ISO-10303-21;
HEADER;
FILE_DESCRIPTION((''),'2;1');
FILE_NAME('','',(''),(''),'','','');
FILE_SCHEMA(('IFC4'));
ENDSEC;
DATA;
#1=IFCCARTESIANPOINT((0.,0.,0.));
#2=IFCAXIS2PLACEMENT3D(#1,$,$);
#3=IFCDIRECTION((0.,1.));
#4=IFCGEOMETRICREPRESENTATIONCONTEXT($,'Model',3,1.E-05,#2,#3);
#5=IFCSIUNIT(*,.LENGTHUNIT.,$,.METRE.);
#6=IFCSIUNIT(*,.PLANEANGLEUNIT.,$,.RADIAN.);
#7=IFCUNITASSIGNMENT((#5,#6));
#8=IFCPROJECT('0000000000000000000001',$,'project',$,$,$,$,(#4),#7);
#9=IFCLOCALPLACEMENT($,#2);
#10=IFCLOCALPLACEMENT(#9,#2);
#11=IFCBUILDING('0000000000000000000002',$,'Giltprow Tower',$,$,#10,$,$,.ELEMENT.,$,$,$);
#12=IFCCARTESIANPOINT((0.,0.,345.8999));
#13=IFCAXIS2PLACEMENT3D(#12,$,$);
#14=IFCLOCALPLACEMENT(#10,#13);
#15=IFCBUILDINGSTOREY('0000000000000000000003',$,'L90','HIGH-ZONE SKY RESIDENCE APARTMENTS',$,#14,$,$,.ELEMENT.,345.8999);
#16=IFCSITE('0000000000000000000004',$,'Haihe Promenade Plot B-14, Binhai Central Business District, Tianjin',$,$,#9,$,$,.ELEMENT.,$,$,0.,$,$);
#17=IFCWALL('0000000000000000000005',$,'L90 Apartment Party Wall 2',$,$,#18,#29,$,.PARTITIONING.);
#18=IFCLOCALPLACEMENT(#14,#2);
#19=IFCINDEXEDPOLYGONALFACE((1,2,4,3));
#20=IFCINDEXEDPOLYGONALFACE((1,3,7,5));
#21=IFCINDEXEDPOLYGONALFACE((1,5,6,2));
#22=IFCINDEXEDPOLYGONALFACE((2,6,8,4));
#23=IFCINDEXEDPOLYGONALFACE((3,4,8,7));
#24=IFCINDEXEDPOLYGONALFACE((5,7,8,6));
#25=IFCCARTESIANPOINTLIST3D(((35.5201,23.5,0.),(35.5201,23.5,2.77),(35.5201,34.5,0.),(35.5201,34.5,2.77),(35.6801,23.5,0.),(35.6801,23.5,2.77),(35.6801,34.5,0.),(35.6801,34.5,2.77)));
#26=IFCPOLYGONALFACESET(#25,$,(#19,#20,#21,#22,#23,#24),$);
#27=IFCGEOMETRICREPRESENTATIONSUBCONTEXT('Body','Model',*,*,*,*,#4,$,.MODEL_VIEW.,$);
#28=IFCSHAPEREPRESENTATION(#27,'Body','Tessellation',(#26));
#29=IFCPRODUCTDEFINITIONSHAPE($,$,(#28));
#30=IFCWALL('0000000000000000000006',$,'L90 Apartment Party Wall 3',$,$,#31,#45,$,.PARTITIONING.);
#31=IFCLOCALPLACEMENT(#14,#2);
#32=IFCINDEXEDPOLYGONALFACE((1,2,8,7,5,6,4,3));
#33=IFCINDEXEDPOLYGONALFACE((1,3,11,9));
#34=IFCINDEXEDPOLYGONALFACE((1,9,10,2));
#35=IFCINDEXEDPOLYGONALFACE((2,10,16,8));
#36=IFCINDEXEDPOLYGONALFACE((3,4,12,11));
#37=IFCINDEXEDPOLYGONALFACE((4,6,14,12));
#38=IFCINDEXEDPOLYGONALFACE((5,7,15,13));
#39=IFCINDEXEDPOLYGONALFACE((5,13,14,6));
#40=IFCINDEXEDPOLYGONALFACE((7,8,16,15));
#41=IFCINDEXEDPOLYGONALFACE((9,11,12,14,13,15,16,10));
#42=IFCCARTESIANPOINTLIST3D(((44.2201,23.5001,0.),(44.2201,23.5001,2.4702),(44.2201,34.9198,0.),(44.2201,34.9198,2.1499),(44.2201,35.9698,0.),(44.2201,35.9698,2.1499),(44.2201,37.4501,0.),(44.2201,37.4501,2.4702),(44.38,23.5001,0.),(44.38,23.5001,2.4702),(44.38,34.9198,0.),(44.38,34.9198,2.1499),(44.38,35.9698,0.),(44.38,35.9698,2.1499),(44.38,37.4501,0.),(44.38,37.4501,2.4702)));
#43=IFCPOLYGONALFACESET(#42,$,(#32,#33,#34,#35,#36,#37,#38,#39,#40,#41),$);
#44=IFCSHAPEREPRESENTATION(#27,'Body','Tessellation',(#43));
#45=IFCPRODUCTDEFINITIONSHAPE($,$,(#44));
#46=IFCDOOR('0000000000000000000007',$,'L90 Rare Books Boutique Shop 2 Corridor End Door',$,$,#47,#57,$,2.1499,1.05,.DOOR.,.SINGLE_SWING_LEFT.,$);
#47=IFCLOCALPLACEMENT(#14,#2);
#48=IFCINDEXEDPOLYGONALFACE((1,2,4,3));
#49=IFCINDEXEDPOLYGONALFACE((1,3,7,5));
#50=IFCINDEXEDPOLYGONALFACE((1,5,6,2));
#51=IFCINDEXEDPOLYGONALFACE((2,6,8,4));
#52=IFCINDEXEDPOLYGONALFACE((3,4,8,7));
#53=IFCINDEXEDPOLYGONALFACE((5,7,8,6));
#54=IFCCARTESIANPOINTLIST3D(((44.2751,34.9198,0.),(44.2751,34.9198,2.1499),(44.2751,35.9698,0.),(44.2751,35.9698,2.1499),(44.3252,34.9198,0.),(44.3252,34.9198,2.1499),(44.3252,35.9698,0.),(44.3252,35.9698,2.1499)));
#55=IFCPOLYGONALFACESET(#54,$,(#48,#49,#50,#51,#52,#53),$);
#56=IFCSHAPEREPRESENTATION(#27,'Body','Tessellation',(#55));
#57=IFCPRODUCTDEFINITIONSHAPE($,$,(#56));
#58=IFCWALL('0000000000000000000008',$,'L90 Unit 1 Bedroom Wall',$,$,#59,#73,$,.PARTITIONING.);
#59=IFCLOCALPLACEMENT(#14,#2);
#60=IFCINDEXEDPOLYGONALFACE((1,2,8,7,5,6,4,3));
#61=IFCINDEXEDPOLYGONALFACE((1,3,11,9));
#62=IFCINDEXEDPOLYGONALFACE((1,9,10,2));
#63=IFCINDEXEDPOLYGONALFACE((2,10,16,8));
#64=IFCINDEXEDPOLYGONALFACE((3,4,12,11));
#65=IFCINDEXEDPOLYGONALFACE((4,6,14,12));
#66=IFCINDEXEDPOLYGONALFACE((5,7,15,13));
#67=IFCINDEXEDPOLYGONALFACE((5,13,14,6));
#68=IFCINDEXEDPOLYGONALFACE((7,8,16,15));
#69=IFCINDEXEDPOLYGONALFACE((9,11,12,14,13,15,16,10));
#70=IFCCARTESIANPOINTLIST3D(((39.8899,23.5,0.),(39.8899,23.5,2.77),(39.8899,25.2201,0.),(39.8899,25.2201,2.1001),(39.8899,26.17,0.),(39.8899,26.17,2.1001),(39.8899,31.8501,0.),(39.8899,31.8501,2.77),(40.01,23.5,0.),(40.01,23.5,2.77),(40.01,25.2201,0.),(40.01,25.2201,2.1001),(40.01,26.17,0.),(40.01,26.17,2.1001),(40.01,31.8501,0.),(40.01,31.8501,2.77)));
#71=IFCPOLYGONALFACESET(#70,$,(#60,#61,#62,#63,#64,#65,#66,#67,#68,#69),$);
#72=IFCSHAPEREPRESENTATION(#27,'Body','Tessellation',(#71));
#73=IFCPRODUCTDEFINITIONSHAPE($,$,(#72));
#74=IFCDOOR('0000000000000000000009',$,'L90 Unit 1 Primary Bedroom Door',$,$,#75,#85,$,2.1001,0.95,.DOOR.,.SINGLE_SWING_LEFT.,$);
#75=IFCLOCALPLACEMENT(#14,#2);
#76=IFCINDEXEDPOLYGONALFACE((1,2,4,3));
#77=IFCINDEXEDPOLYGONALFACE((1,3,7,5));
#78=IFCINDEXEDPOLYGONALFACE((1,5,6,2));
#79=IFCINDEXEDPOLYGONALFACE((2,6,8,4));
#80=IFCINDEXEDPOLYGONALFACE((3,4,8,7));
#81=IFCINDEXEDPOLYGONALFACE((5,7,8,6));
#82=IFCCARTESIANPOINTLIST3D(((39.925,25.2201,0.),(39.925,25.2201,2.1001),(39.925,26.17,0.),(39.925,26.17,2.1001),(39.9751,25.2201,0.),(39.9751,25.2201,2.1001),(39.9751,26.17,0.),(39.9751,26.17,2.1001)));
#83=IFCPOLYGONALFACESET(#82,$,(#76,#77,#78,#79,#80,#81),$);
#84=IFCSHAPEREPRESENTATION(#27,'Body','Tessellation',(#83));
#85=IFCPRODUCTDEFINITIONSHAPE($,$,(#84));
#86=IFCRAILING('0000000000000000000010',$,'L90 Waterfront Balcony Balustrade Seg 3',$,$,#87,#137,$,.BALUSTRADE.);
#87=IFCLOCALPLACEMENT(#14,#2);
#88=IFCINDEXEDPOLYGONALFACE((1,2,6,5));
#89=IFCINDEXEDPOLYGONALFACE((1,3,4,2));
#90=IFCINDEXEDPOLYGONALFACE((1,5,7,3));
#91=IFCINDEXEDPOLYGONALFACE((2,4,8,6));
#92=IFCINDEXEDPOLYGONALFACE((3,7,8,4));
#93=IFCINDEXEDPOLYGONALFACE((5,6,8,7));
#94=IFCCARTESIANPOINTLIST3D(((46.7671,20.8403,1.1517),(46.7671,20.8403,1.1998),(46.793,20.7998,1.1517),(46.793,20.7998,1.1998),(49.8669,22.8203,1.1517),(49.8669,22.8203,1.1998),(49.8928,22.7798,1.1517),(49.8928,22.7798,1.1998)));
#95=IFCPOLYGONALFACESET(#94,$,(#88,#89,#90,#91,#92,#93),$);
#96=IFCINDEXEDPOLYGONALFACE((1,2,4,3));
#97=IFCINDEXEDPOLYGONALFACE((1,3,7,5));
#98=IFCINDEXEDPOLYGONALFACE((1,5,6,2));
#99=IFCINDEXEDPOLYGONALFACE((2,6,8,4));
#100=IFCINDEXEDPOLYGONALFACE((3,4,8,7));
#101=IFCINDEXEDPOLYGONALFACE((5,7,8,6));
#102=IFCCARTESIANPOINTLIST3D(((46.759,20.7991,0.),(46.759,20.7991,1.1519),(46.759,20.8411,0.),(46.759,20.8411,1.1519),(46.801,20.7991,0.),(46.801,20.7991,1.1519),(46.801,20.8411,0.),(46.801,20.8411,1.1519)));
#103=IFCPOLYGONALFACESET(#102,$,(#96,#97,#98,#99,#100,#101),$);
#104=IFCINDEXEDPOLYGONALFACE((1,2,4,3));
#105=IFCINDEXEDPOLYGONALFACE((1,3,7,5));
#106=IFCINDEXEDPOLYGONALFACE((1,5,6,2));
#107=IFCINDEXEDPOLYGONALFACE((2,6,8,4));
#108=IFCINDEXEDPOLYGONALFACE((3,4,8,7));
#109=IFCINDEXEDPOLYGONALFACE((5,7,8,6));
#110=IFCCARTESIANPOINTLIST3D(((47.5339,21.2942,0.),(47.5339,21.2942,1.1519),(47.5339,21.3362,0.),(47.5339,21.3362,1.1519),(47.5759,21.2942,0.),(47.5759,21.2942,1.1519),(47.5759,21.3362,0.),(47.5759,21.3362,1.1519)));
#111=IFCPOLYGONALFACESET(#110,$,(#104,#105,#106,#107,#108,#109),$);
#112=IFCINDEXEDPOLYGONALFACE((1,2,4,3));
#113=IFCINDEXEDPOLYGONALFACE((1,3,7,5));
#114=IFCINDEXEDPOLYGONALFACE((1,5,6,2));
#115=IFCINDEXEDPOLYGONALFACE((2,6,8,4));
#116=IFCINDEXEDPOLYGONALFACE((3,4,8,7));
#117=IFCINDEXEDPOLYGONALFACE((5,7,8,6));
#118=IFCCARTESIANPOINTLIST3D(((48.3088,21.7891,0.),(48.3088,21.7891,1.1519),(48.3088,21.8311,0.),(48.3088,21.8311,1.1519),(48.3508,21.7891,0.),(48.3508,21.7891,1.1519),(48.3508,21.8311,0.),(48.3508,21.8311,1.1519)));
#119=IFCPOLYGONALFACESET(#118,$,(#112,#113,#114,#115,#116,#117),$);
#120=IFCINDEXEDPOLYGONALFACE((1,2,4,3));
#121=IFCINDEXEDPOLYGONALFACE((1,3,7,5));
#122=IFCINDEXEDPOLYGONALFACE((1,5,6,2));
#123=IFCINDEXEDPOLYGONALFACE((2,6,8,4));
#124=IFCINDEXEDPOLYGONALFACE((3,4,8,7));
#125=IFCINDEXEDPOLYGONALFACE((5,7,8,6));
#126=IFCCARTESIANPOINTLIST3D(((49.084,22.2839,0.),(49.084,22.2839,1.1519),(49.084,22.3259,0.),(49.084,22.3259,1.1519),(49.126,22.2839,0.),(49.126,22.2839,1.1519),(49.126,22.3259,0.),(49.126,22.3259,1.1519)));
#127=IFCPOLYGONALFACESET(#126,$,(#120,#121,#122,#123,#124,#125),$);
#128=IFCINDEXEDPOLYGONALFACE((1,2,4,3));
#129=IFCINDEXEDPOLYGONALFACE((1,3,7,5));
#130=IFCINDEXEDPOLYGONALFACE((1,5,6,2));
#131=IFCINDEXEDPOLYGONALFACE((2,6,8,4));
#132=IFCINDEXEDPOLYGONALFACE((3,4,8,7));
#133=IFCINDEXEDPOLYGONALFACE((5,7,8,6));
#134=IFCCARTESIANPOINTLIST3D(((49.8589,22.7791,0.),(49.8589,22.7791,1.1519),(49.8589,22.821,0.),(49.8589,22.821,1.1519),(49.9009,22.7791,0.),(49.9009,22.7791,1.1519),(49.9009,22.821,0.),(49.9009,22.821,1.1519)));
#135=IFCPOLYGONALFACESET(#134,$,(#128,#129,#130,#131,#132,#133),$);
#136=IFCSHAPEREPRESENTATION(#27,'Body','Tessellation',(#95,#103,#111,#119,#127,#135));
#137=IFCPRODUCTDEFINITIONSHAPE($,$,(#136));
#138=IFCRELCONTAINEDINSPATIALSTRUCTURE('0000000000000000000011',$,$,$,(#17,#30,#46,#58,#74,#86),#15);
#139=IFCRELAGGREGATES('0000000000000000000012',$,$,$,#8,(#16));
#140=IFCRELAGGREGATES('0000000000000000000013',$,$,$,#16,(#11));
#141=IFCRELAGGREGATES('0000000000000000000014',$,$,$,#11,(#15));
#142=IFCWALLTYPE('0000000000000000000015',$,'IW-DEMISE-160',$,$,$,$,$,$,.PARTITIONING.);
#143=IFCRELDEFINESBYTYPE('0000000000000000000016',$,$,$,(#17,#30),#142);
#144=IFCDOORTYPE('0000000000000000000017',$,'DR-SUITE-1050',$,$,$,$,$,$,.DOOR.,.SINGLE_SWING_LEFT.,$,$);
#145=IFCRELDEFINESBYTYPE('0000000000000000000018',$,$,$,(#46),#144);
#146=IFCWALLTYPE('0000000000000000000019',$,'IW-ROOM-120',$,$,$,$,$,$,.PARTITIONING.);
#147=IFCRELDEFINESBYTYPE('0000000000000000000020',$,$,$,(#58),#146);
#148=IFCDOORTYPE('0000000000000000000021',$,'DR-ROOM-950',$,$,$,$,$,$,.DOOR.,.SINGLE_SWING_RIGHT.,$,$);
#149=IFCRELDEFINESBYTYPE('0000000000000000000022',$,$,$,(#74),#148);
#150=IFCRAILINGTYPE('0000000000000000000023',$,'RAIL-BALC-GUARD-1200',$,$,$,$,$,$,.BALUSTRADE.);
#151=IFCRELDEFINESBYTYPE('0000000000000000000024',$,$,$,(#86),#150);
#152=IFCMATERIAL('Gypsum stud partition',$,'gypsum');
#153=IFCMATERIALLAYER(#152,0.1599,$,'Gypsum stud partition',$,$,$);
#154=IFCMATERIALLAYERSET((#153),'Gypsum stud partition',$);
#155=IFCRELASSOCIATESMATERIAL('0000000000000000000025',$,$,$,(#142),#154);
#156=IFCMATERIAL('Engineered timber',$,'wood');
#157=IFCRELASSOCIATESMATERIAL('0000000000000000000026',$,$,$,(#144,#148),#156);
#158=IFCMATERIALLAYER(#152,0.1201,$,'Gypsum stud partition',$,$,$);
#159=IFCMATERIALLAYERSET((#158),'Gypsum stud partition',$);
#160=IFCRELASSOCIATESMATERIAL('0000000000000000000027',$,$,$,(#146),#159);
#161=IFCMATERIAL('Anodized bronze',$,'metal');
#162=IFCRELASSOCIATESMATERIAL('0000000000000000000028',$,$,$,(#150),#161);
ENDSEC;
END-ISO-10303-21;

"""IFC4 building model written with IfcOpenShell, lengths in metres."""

from ifc_helpers import new_model, si_unit, direction, frame, frame_2d, origin, origin_2d, place, context, subcontext, project, spatial, rectangle, extrude, source, transform, mapped, material, layer, layer_set, type_object, element, fill, save


model = new_model("IFC4")

# Units and contexts
model_context = context("Model", 3, precision=1e-05, world=origin(), true_north=direction((0.0, 1.0)))
body_context = subcontext(model_context, "Body", "Model", "MODEL_VIEW")
ifc_project = project(units=[si_unit("LENGTHUNIT", "METRE"), si_unit("PLANEANGLEUNIT", "RADIAN")], contexts=[model_context])

# Site, building, storey
site_placement = place(None, origin())
site = spatial("IfcSite", under=ifc_project, at=site_placement, Name="Haihe Promenade Plot B-14, Binhai Central Business District, Tianjin", CompositionType="ELEMENT", RefElevation=0.0)
building_placement = place(site_placement, origin())
building = spatial("IfcBuilding", under=site, at=building_placement, Name="Giltprow Tower", CompositionType="ELEMENT")
storey_placement = place(building_placement, frame((0.0, 0.0, 345.8999)))
storey = spatial("IfcBuildingStorey", under=building, at=storey_placement, Name="L90", Description="HIGH-ZONE SKY RESIDENCE APARTMENTS", CompositionType="ELEMENT", Elevation=345.8999)

# Wall
ifc_material_1 = material(Name="Gypsum stud partition", Category="gypsum")
ifc_layer_1 = layer(ifc_material_1, 0.1599, Name="Gypsum stud partition")
ifc_layer_set_1 = layer_set([ifc_layer_1], Name="Gypsum stud partition")
wall_type_1 = type_object("IfcWallType", Name="IW-DEMISE-160", PredefinedType="PARTITIONING", material=ifc_layer_set_1)
wall_1_placement = place(storey_placement, frame((35.6001, 23.5, 0.0), z_axis=(0.0, 0.0, 1.0), x_axis=(0.0, 1.0, 0.0)))
element("IfcWall", 1, at=wall_1_placement, inside=storey, type_object=wall_type_1, Name="L90 Apartment Party Wall 2", PredefinedType="PARTITIONING", context=body_context, shape_type="SweptSolid", body=[
    extrude(rectangle(XDim=11.0, YDim=0.1599, at=frame_2d((5.5, 0.0))), origin(), (0.0, 0.0, 1.0), 2.77),
])

# Walls, openings, doors
wall_2_placement = place(storey_placement, frame((44.3, 23.5, 0.0), z_axis=(0.0, 0.0, 1.0), x_axis=(0.0, 1.0, 0.0)))
wall_2 = element("IfcWall", 2, at=wall_2_placement, inside=storey, type_object=wall_type_1, Name="L90 Apartment Party Wall 3", PredefinedType="PARTITIONING", context=body_context, shape_type="SweptSolid", body=[
    extrude(rectangle(XDim=13.95, YDim=0.1599, at=frame_2d((6.9751, 0.0))), origin(), (0.0, 0.0, 1.0), 2.4702),
])
opening_1_placement = place(wall_2_placement, frame((11.4199, 0.0, 0.0)))
opening_1 = element("IfcOpeningElement", 3, at=opening_1_placement, cuts=wall_2, PredefinedType="OPENING", context=body_context, shape_type="SweptSolid", body=[
    extrude(rectangle(XDim=1.05, YDim=2.1499, at=frame_2d((0.5249, 1.075))), frame((0.0, 0.0898, 0.0), z_axis=(0.0, -1.0, 0.0), x_axis=(1.0, 0.0, 0.0)), (0.0, 0.0, 1.0), 0.1799),
])
ifc_material_2 = material(Name="Engineered timber", Category="wood")
door_type_1 = type_object("IfcDoorType", Name="DR-SUITE-1050", OperationType="SINGLE_SWING_LEFT", PredefinedType="DOOR", material=ifc_material_2)
shared_shape_1 = source(origin(), body_context, "Body", "SweptSolid", [
    extrude(rectangle(XDim=1.05, YDim=2.1499, at=frame_2d((0.5249, 1.075))), frame((0.0, 0.0249, 0.0), z_axis=(0.0, -1.0, 0.0), x_axis=(1.0, 0.0, 0.0)), (0.0, 0.0, 1.0), 0.05),
])
door_1_placement = place(opening_1_placement, origin())
door_1 = element("IfcDoor", 4, at=door_1_placement, inside=storey, type_object=door_type_1, Name="L90 Rare Books Boutique Shop 2 Corridor End Door", OperationType="SINGLE_SWING_LEFT", OverallHeight=2.1499, OverallWidth=1.05, PredefinedType="DOOR", context=body_context, shape_type="MappedRepresentation", body=[
    mapped(shared_shape_1, transform((0.0, 0.0, 0.0), x_axis=(1.0, 0.0, 0.0), y_axis=(0.0, 1.0, 0.0), z_axis=(0.0, 0.0, 1.0), scale=1.0)),
])
fill(opening_1, door_1)
ifc_layer_2 = layer(ifc_material_1, 0.1201, Name="Gypsum stud partition")
ifc_layer_set_2 = layer_set([ifc_layer_2], Name="Gypsum stud partition")
wall_type_2 = type_object("IfcWallType", Name="IW-ROOM-120", PredefinedType="PARTITIONING", material=ifc_layer_set_2)
wall_3_placement = place(storey_placement, frame((39.95, 23.5, 0.0), z_axis=(0.0, 0.0, 1.0), x_axis=(0.0, 1.0, 0.0)))
wall_3 = element("IfcWall", 5, at=wall_3_placement, inside=storey, type_object=wall_type_2, Name="L90 Unit 1 Bedroom Wall", PredefinedType="PARTITIONING", context=body_context, shape_type="SweptSolid", body=[
    extrude(rectangle(XDim=8.3501, YDim=0.1201, at=frame_2d((4.175, 0.0))), origin(), (0.0, 0.0, 1.0), 2.77),
])
opening_2_placement = place(wall_3_placement, frame((1.72, 0.0, 0.0)))
opening_2 = element("IfcOpeningElement", 6, at=opening_2_placement, cuts=wall_3, PredefinedType="OPENING", context=body_context, shape_type="SweptSolid", body=[
    extrude(rectangle(XDim=0.95, YDim=2.1001, at=frame_2d((0.4751, 1.05))), frame((0.0, 0.0701, 0.0), z_axis=(0.0, -1.0, 0.0), x_axis=(1.0, 0.0, 0.0)), (0.0, 0.0, 1.0), 0.1401),
])
door_type_2 = type_object("IfcDoorType", Name="DR-ROOM-950", OperationType="SINGLE_SWING_RIGHT", PredefinedType="DOOR", material=ifc_material_2)
shared_shape_2 = source(origin(), body_context, "Body", "SweptSolid", [
    extrude(rectangle(XDim=0.95, YDim=2.1001, at=frame_2d((0.4751, 1.05))), frame((0.0, 0.0249, 0.0), z_axis=(0.0, -1.0, 0.0), x_axis=(1.0, 0.0, 0.0)), (0.0, 0.0, 1.0), 0.05),
])
door_2_placement = place(opening_2_placement, origin())
door_2 = element("IfcDoor", 7, at=door_2_placement, inside=storey, type_object=door_type_2, Name="L90 Unit 1 Primary Bedroom Door", OperationType="SINGLE_SWING_LEFT", OverallHeight=2.1001, OverallWidth=0.95, PredefinedType="DOOR", context=body_context, shape_type="MappedRepresentation", body=[
    mapped(shared_shape_2, transform((0.0, 0.0, 0.0), x_axis=(1.0, 0.0, 0.0), y_axis=(0.0, 1.0, 0.0), z_axis=(0.0, 0.0, 1.0), scale=1.0)),
])
fill(opening_2, door_2)

# Railing
ifc_material_3 = material(Name="Anodized bronze", Category="metal")
railing_type = type_object("IfcRailingType", Name="RAIL-BALC-GUARD-1200", PredefinedType="BALUSTRADE", material=ifc_material_3)
railing_1_placement = place(storey_placement, frame((46.78, 20.8201, 0.0)))
element("IfcRailing", 8, at=railing_1_placement, inside=storey, type_object=railing_type, Name="L90 Waterfront Balcony Balustrade Seg 3", PredefinedType="BALUSTRADE", context=body_context, shape_type="SweptSolid", body=[
    extrude(rectangle(XDim=0.0481, YDim=0.0481, at=origin_2d()), frame((0.0, 0.0, 1.1758), z_axis=(0.842756, 0.538296, 0.0), x_axis=(-0.538296, 0.842756, 0.0)), (0.0, 0.0, 1.0), 3.6782),
    extrude(rectangle(XDim=0.042, YDim=0.042, at=origin_2d()), origin(), (0.0, 0.0, 1.0), 1.1519),
    extrude(rectangle(XDim=0.042, YDim=0.042, at=origin_2d()), frame((0.7749, 0.4951, 0.0)), (0.0, 0.0, 1.0), 1.1519),
    extrude(rectangle(XDim=0.042, YDim=0.042, at=origin_2d()), frame((1.5498, 0.99, 0.0)), (0.0, 0.0, 1.0), 1.1519),
    extrude(rectangle(XDim=0.042, YDim=0.042, at=origin_2d()), frame((2.325, 1.4849, 0.0)), (0.0, 0.0, 1.0), 1.1519),
    extrude(rectangle(XDim=0.042, YDim=0.042, at=origin_2d()), frame((3.0999, 1.98, 0.0)), (0.0, 0.0, 1.0), 1.1519),
])

save(model, "model.ifc")
